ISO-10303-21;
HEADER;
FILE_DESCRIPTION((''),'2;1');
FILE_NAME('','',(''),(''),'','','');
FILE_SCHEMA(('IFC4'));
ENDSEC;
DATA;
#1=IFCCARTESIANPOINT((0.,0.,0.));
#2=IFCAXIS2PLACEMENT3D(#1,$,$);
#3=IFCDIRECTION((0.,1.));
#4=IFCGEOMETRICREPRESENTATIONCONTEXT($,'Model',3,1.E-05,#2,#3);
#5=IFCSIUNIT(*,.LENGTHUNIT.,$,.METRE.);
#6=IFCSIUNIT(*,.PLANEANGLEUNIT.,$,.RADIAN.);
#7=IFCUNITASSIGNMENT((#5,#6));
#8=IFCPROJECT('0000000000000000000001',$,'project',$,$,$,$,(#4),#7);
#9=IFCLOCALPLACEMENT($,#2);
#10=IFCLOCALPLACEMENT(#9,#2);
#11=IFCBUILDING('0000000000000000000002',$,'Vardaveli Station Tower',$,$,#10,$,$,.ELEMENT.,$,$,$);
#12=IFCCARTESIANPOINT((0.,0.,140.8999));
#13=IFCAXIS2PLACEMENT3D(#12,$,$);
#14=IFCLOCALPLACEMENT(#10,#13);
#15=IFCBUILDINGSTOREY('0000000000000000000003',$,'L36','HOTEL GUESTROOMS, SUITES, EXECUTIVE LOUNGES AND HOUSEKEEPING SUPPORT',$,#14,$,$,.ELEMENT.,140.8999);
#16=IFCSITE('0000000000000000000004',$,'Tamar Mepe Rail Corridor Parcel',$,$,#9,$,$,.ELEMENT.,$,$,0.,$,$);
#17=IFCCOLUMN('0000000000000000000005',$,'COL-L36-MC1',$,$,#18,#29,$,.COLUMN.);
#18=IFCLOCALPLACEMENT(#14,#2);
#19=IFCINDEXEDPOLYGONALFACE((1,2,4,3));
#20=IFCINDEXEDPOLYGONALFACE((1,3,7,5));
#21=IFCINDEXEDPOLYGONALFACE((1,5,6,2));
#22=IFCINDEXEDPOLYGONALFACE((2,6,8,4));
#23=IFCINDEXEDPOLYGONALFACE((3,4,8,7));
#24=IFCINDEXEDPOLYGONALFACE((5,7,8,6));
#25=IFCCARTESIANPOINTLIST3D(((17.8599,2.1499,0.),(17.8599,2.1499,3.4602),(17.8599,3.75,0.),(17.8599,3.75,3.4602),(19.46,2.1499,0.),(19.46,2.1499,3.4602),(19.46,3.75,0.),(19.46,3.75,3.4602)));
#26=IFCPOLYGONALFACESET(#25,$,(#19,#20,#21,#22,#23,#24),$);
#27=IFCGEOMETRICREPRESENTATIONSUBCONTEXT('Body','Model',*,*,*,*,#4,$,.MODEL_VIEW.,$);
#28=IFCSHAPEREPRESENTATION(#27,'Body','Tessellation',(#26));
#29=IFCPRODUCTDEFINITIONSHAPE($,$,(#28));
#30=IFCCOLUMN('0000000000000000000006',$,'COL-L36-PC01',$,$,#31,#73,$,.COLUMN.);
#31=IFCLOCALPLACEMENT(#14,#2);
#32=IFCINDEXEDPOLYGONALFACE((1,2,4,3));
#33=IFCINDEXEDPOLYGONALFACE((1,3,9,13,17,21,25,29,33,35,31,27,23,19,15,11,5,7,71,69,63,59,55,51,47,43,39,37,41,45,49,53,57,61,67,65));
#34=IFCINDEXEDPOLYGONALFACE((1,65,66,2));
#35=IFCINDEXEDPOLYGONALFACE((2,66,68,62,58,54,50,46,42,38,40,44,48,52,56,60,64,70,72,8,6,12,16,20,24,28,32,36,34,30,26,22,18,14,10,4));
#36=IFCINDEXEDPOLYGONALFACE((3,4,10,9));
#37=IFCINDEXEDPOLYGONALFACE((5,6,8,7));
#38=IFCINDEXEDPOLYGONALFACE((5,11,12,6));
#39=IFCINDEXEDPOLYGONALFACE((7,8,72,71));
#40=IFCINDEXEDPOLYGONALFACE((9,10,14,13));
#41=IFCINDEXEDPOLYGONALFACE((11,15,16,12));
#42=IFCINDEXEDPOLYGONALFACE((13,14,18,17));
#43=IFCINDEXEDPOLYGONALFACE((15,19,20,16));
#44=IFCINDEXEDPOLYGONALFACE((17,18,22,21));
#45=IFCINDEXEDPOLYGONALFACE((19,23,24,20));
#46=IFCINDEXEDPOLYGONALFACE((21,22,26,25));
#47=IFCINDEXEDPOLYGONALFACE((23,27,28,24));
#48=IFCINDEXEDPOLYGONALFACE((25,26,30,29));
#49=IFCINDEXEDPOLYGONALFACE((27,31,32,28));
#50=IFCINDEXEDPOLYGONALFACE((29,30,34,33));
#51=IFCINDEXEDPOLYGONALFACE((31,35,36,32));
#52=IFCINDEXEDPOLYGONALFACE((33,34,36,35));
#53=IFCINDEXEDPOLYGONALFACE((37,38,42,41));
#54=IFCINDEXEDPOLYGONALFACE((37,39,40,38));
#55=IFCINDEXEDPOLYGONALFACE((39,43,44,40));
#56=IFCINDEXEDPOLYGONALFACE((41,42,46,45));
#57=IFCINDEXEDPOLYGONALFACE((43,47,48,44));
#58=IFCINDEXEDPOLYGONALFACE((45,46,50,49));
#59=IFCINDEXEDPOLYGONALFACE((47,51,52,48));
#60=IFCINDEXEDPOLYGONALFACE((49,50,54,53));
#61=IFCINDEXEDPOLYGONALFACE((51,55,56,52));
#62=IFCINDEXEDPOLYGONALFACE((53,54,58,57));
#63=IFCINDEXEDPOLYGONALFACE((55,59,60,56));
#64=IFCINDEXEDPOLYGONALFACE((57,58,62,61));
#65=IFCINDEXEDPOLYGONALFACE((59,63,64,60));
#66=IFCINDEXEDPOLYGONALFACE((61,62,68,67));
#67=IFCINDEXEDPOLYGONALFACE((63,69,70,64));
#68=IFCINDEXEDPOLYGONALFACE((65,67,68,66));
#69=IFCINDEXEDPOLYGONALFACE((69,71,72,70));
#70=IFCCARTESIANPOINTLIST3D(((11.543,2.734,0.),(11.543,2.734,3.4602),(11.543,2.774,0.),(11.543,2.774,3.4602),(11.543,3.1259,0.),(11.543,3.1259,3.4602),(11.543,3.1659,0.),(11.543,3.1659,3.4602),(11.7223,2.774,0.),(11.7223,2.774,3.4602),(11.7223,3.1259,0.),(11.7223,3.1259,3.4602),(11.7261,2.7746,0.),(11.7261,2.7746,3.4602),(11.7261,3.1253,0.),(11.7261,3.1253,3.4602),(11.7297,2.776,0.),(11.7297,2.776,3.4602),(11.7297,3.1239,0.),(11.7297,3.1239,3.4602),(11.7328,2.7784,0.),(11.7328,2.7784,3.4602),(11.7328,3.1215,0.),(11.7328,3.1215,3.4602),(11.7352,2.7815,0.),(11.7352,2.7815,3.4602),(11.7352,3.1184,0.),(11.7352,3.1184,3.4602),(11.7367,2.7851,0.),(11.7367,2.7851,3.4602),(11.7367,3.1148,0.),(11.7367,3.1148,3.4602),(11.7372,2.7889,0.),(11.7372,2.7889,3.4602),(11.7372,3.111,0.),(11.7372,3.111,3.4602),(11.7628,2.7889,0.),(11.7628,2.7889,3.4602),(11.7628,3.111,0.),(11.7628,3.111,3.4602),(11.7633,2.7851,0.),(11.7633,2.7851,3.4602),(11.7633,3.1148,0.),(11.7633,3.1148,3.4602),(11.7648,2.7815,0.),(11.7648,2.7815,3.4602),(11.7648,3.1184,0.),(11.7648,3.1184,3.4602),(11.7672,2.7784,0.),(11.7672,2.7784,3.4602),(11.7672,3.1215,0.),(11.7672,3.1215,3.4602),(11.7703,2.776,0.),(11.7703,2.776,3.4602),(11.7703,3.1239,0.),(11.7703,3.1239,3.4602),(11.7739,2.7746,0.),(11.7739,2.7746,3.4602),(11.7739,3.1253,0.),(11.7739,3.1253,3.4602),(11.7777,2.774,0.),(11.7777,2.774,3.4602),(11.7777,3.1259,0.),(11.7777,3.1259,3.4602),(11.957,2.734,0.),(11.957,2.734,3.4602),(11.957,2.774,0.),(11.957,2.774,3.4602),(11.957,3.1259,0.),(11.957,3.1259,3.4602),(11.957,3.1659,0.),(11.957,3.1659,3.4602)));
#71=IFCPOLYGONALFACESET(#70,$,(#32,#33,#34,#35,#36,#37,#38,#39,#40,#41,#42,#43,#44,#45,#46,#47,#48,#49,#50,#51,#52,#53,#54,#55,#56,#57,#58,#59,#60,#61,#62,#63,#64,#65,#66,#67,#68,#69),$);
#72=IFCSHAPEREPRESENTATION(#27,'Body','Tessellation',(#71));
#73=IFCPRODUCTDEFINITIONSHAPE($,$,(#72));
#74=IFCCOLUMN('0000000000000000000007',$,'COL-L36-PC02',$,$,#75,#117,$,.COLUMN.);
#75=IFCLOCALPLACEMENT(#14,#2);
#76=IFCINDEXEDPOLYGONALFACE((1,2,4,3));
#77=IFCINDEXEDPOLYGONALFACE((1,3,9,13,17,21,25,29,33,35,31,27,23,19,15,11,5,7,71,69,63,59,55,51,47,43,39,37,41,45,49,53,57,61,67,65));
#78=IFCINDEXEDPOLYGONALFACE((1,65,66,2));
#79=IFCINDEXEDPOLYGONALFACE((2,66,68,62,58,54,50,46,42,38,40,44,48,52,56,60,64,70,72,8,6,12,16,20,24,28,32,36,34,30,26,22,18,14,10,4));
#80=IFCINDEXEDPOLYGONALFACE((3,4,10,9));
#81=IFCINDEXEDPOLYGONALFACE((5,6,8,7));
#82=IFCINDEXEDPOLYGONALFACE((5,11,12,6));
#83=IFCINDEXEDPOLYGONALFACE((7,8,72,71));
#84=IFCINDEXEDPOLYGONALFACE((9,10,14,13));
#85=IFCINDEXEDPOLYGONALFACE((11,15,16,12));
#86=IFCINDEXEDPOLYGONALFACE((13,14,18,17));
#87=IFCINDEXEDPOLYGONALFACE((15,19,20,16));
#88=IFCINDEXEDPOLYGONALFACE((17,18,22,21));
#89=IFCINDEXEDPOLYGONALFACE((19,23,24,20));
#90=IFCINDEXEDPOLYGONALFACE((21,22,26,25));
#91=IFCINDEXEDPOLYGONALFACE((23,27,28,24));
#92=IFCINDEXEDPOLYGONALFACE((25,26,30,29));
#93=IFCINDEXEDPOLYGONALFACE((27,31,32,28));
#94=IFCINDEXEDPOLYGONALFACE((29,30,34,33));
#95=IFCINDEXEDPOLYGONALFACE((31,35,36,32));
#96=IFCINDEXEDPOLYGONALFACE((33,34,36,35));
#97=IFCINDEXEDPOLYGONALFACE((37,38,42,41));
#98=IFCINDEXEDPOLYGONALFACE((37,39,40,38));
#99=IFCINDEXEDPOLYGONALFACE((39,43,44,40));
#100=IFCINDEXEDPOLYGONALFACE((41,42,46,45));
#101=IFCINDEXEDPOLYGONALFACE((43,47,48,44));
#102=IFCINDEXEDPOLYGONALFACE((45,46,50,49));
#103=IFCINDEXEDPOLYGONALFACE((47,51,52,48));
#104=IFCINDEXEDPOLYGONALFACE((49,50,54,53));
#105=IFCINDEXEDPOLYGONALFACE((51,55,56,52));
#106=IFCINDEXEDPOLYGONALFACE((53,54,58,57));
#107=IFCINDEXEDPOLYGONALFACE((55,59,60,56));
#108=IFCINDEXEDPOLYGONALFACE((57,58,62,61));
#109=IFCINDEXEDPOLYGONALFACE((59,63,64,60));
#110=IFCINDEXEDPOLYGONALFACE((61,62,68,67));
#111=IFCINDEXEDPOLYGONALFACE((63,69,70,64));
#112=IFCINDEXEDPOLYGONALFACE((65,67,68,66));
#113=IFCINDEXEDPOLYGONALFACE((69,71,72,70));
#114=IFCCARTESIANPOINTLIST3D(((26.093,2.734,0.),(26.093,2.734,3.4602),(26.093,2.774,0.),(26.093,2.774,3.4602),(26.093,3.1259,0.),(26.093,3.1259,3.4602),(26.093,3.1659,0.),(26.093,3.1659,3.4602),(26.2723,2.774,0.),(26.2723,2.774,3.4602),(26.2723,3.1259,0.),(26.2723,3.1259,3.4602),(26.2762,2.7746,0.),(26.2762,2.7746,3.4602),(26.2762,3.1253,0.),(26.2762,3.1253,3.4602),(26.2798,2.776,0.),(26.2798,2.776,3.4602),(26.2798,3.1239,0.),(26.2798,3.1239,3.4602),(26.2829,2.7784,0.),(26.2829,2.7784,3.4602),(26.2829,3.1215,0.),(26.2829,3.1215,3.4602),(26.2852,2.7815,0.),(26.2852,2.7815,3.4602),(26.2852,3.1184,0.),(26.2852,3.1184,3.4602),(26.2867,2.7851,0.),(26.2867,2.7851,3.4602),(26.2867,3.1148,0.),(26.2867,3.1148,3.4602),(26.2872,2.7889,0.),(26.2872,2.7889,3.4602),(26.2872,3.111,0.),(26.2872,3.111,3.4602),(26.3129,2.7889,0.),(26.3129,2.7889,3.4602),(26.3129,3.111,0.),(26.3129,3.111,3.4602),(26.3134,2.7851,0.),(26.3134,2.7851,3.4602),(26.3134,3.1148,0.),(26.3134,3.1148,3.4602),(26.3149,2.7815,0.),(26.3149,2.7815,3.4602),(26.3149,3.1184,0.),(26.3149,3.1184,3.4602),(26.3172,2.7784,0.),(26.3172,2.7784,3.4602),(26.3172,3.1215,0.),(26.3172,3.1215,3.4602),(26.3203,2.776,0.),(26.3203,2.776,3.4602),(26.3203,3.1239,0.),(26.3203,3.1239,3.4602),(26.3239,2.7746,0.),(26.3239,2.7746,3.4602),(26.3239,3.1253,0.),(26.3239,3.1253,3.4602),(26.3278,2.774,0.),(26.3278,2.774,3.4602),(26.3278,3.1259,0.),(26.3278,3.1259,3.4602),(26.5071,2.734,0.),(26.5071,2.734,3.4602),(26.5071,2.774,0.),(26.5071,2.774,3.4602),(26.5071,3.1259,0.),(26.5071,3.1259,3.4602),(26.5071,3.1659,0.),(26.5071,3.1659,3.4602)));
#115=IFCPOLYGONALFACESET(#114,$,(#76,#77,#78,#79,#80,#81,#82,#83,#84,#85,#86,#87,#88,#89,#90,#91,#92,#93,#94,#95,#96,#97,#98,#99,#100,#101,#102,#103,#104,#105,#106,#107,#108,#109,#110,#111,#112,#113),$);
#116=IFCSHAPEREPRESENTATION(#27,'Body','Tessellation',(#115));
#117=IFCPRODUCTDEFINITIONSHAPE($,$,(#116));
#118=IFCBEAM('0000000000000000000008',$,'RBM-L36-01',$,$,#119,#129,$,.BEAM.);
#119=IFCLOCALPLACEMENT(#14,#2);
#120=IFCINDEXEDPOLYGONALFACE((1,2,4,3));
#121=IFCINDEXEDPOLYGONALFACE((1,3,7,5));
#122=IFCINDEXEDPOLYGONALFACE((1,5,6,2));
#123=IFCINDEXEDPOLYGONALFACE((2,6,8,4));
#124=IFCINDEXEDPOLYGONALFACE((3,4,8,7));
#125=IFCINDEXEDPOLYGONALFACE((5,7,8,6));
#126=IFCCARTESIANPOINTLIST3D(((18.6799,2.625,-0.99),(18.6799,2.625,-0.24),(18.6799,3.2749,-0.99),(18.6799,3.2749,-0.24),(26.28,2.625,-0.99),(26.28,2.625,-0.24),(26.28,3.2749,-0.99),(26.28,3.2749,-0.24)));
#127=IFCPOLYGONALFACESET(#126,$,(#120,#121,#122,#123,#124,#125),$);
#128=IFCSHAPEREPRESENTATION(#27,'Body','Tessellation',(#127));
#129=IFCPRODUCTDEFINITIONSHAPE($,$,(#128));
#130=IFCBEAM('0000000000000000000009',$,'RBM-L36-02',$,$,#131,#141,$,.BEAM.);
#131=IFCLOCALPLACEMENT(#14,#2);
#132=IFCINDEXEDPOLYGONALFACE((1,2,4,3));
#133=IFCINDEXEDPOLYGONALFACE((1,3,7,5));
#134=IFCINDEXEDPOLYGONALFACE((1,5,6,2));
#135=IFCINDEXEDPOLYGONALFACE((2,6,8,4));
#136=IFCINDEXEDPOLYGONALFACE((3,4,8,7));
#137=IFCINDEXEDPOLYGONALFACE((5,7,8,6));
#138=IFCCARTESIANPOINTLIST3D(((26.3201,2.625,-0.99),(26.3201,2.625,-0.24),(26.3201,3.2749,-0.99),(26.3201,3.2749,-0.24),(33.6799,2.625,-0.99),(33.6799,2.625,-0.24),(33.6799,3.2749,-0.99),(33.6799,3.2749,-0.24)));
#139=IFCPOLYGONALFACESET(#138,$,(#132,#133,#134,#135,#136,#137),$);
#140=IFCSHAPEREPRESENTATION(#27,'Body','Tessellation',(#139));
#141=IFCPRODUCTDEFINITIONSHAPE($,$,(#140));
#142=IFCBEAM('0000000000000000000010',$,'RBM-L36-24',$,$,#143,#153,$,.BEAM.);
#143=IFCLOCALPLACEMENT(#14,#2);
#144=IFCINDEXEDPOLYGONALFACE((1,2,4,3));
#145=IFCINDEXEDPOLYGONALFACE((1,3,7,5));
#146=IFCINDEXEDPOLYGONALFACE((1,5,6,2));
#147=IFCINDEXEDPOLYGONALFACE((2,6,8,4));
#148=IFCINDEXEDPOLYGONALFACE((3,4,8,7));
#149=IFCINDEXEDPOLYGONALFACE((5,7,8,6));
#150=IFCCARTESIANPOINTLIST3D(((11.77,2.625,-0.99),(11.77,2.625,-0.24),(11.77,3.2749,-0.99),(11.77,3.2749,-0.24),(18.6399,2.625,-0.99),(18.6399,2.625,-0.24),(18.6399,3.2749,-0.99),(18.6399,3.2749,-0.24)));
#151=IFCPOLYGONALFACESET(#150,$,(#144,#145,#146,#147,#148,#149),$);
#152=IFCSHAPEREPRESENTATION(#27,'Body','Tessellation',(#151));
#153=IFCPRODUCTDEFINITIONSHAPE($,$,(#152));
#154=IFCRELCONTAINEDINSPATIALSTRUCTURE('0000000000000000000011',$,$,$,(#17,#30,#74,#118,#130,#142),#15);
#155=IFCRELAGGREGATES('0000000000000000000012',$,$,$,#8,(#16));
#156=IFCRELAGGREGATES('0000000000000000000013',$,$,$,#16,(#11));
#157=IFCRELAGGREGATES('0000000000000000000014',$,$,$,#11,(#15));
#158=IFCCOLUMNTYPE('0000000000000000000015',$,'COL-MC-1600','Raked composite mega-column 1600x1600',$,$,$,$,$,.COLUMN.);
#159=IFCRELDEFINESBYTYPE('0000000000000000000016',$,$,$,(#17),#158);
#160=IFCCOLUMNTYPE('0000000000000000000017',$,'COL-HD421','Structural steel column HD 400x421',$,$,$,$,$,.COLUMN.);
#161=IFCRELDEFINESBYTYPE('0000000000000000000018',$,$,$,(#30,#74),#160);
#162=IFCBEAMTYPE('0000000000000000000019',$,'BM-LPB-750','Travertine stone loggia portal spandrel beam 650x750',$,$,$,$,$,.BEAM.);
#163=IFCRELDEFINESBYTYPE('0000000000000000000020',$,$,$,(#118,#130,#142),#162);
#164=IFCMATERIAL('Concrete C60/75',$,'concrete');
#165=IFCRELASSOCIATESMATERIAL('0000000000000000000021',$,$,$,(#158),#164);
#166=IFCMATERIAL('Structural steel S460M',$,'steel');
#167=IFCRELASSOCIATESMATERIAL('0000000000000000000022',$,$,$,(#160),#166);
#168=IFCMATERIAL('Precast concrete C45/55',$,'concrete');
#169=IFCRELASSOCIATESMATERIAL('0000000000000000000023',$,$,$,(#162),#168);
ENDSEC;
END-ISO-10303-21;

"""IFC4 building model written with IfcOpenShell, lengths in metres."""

from ifc_helpers import new_model, si_unit, direction, frame, origin, origin_2d, place, context, subcontext, project, spatial, rectangle, i_section, extrude, source, transform, mapped, material, material_profile, profile_set, type_object, element, save


model = new_model("IFC4")

# Units and contexts
model_context = context("Model", 3, precision=1e-05, world=origin(), true_north=direction((0.0, 1.0)))
body_context = subcontext(model_context, "Body", "Model", "MODEL_VIEW")
ifc_project = project(units=[si_unit("LENGTHUNIT", "METRE"), si_unit("PLANEANGLEUNIT", "RADIAN")], contexts=[model_context])

# Site, building, storey
site_placement = place(None, origin())
site = spatial("IfcSite", under=ifc_project, at=site_placement, Name="Tamar Mepe Rail Corridor Parcel", CompositionType="ELEMENT", RefElevation=0.0)
building_placement = place(site_placement, origin())
building = spatial("IfcBuilding", under=site, at=building_placement, Name="Vardaveli Station Tower", CompositionType="ELEMENT")
storey_placement = place(building_placement, frame((0.0, 0.0, 140.8999)))
storey = spatial("IfcBuildingStorey", under=building, at=storey_placement, Name="L36", Description="HOTEL GUESTROOMS, SUITES, EXECUTIVE LOUNGES AND HOUSEKEEPING SUPPORT", CompositionType="ELEMENT", Elevation=140.8999)

# Columns
ifc_material_1 = material(Name="Concrete C60/75", Category="concrete")
ifc_material_profile_1 = material_profile(ifc_material_1, rectangle(XDim=1.6001, YDim=1.6001, at=origin_2d()), Name="MC 1600x1600")
ifc_profile_set_1 = profile_set([ifc_material_profile_1], Name="Concrete C60/75")
column_type_1 = type_object("IfcColumnType", Name="COL-MC-1600", Description="Raked composite mega-column 1600x1600", PredefinedType="COLUMN", material=ifc_profile_set_1)
shared_shape_1 = source(origin(), body_context, "Body", "SweptSolid", [
    extrude(rectangle(XDim=1.6001, YDim=1.6001, at=origin_2d()), origin(), (0.0, 0.0, 1.0), 3.4602),
])
column_placement = place(storey_placement, frame((18.6599, 2.95, 0.0), z_axis=(0.0, 0.0, 1.0), x_axis=(1.0, 0.0, 0.0)))
element("IfcColumn", 1, at=column_placement, inside=storey, type_object=column_type_1, Name="COL-L36-MC1", PredefinedType="COLUMN", context=body_context, shape_type="MappedRepresentation", body=[
    mapped(shared_shape_1, transform((0.0, 0.0, 0.0), scale=1.0)),
])
ifc_material_2 = material(Name="Structural steel S460M", Category="steel")
ifc_material_profile_2 = material_profile(ifc_material_2, i_section(OverallWidth=0.4141, OverallDepth=0.4319, WebThickness=0.0256, FlangeThickness=0.04, FilletRadius=0.0149, at=origin_2d()), Name="HD 400x421")
ifc_profile_set_2 = profile_set([ifc_material_profile_2], Name="Structural steel S460M")
column_type_2 = type_object("IfcColumnType", Name="COL-HD421", Description="Structural steel column HD 400x421", PredefinedType="COLUMN", material=ifc_profile_set_2)
shared_shape_2 = source(origin(), body_context, "Body", "SweptSolid", [
    extrude(i_section(OverallWidth=0.4141, OverallDepth=0.4319, WebThickness=0.0256, FlangeThickness=0.04, FilletRadius=0.0149, at=origin_2d()), origin(), (0.0, 0.0, 1.0), 3.4602),
])
for number, where, z_axis, x_axis, name in (
    (2, (11.75, 2.95, 0.0), (0.0, 0.0, 1.0), (1.0, 0.0, 0.0), "COL-L36-PC01"),
    (3, (26.3, 2.95, 0.0), (0.0, 0.0, 1.0), (1.0, 0.0, 0.0), "COL-L36-PC02"),
):
    element("IfcColumn", number, at=place(storey_placement, frame(where, z_axis=z_axis, x_axis=x_axis)), inside=storey, type_object=column_type_2, Name=name, PredefinedType="COLUMN", context=body_context, shape_type="MappedRepresentation", body=[
        mapped(shared_shape_2, transform((0.0, 0.0, 0.0), scale=1.0)),
    ])

# Beams
ifc_material_3 = material(Name="Precast concrete C45/55", Category="concrete")
ifc_material_profile_3 = material_profile(ifc_material_3, rectangle(XDim=0.6499, YDim=0.75, at=origin_2d()), Name="LPB 650x750")
ifc_profile_set_3 = profile_set([ifc_material_profile_3], Name="Precast concrete C45/55")
beam_type_1 = type_object("IfcBeamType", Name="BM-LPB-750", Description="Travertine stone loggia portal spandrel beam 650x750", PredefinedType="BEAM", material=ifc_profile_set_3)
shared_shape_3 = source(origin(), body_context, "Body", "SweptSolid", [
    extrude(rectangle(XDim=0.6499, YDim=0.75, at=origin_2d()), origin(), (0.0, 0.0, 1.0), 7.6001),
])
beam_1_placement = place(storey_placement, frame((18.6799, 2.95, -0.615), z_axis=(1.0, 0.0, 0.0), x_axis=(0.0, 1.0, 0.0)))
element("IfcBeam", 4, at=beam_1_placement, inside=storey, type_object=beam_type_1, Name="RBM-L36-01", PredefinedType="BEAM", context=body_context, shape_type="MappedRepresentation", body=[
    mapped(shared_shape_3, transform((0.0, 0.0, 0.0), scale=1.0)),
])
shared_shape_4 = source(origin(), body_context, "Body", "SweptSolid", [
    extrude(rectangle(XDim=0.6499, YDim=0.75, at=origin_2d()), origin(), (0.0, 0.0, 1.0), 7.3599),
])
beam_2_placement = place(storey_placement, frame((26.3201, 2.95, -0.615), z_axis=(1.0, 0.0, 0.0), x_axis=(0.0, 1.0, 0.0)))
element("IfcBeam", 5, at=beam_2_placement, inside=storey, type_object=beam_type_1, Name="RBM-L36-02", PredefinedType="BEAM", context=body_context, shape_type="MappedRepresentation", body=[
    mapped(shared_shape_4, transform((0.0, 0.0, 0.0), scale=1.0)),
])
shared_shape_5 = source(origin(), body_context, "Body", "SweptSolid", [
    extrude(rectangle(XDim=0.6499, YDim=0.75, at=origin_2d()), origin(), (0.0, 0.0, 1.0), 6.8699),
])
beam_3_placement = place(storey_placement, frame((11.77, 2.95, -0.615), z_axis=(1.0, 0.0, 0.0), x_axis=(0.0, 1.0, 0.0)))
element("IfcBeam", 6, at=beam_3_placement, inside=storey, type_object=beam_type_1, Name="RBM-L36-24", PredefinedType="BEAM", context=body_context, shape_type="MappedRepresentation", body=[
    mapped(shared_shape_5, transform((0.0, 0.0, 0.0), scale=1.0)),
])

save(model, "model.ifc")
